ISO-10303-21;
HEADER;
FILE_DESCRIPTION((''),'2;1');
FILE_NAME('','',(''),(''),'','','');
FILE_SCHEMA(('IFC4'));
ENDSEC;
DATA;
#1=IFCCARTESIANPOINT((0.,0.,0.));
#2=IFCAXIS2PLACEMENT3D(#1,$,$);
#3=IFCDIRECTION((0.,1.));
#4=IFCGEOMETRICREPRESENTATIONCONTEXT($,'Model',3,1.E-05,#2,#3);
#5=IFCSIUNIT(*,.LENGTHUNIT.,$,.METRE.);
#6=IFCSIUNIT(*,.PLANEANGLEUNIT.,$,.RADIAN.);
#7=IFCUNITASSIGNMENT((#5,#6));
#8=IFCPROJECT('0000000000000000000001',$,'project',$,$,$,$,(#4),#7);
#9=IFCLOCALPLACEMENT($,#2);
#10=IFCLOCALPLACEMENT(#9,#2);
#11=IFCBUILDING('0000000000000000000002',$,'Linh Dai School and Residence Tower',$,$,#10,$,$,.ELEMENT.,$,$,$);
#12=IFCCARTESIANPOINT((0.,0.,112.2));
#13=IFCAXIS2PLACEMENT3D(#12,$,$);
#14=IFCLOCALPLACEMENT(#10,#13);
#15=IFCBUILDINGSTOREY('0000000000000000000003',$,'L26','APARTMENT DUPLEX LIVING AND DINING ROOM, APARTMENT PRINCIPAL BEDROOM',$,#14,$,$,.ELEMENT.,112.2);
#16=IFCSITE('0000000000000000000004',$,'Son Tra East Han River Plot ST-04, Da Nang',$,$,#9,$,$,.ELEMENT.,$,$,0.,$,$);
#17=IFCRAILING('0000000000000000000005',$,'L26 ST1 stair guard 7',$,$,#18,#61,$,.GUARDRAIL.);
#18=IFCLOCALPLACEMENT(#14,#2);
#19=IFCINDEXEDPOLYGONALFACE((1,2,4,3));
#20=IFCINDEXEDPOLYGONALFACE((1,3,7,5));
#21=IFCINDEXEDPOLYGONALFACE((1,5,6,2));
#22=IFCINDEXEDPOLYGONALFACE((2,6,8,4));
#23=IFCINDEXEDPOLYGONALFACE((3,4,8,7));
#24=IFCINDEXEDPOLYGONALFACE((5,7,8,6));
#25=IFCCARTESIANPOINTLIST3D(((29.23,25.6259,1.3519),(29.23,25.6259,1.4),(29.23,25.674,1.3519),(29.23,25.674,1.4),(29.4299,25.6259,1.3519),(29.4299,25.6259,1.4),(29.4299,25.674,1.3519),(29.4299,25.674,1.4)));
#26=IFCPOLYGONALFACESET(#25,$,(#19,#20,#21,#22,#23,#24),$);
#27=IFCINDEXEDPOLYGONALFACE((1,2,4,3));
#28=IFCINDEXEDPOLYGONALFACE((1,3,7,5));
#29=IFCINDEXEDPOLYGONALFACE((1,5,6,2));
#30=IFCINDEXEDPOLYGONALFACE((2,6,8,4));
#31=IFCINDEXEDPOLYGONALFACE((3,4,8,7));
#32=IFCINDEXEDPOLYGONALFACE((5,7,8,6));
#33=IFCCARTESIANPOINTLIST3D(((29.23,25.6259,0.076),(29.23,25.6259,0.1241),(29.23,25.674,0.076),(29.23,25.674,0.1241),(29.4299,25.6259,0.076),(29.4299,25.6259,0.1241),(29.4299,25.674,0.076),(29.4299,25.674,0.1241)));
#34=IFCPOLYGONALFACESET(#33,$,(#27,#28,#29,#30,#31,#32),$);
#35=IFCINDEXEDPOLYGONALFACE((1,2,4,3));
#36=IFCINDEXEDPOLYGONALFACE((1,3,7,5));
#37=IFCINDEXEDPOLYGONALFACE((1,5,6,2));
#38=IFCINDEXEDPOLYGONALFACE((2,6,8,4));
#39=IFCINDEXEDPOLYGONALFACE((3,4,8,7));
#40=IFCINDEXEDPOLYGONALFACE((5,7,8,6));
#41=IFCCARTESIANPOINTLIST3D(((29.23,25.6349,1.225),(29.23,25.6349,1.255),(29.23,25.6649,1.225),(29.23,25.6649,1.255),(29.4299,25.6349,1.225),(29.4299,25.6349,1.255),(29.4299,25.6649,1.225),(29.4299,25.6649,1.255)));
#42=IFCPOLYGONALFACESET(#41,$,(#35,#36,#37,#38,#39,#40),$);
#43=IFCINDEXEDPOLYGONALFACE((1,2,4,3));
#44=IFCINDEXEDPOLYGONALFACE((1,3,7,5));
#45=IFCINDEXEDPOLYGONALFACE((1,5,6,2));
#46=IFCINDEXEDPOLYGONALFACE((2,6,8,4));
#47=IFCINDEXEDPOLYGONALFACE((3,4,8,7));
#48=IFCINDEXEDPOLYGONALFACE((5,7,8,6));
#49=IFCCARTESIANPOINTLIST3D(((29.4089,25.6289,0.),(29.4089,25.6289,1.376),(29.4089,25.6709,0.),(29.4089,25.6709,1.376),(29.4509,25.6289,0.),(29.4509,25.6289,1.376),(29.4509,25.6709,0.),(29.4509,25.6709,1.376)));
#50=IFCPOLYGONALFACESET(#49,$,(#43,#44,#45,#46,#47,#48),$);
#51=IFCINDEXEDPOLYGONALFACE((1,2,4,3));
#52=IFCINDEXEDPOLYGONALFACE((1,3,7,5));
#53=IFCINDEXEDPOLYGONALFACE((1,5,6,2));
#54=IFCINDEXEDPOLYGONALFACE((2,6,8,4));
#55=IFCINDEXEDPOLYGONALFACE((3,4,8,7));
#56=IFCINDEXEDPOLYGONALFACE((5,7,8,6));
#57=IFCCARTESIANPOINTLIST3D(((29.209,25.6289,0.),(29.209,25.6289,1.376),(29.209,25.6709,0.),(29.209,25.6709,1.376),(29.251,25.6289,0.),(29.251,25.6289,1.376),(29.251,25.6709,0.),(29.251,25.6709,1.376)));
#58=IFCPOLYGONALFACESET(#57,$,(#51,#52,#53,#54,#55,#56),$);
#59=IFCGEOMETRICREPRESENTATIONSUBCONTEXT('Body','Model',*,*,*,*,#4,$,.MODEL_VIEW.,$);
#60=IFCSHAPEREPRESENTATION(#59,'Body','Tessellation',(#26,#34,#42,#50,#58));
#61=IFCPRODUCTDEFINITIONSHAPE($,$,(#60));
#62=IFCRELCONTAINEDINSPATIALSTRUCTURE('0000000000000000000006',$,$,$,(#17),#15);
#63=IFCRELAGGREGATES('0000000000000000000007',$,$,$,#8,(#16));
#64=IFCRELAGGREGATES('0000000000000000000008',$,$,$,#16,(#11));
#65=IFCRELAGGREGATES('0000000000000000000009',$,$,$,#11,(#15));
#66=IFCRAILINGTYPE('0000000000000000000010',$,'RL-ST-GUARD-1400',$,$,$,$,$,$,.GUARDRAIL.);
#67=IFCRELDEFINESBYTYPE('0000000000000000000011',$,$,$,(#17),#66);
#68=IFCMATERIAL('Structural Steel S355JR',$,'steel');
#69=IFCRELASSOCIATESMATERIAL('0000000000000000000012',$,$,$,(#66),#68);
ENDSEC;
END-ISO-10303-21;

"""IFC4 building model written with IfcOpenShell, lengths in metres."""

from ifc_helpers import new_model, si_unit, direction, frame, origin, origin_2d, place, context, subcontext, project, spatial, rectangle, extrude, source, transform, mapped, material, type_object, element, save


model = new_model("IFC4")

# Units and contexts
model_context = context("Model", 3, precision=1e-05, world=origin(), true_north=direction((0.0, 1.0)))
body_context = subcontext(model_context, "Body", "Model", "MODEL_VIEW")
ifc_project = project(units=[si_unit("LENGTHUNIT", "METRE"), si_unit("PLANEANGLEUNIT", "RADIAN")], contexts=[model_context])

# Site, building, storey
site_placement = place(None, origin())
site = spatial("IfcSite", under=ifc_project, at=site_placement, Name="Son Tra East Han River Plot ST-04, Da Nang", CompositionType="ELEMENT", RefElevation=0.0)
building_placement = place(site_placement, origin())
building = spatial("IfcBuilding", under=site, at=building_placement, Name="Linh Dai School and Residence Tower", CompositionType="ELEMENT")
storey_placement = place(building_placement, frame((0.0, 0.0, 112.2)))
storey = spatial("IfcBuildingStorey", under=building, at=storey_placement, Name="L26", Description="APARTMENT DUPLEX LIVING AND DINING ROOM, APARTMENT PRINCIPAL BEDROOM", CompositionType="ELEMENT", Elevation=112.2)

# Shared definitions
ifc_material_1 = material(Name="Structural Steel S355JR", Category="steel")

# Railing
railing_type_1 = type_object("IfcRailingType", Name="RL-ST-GUARD-1400", PredefinedType="GUARDRAIL", material=ifc_material_1)
shared_shape_1 = source(origin(), body_context, "Body", "SweptSolid", [
    extrude(rectangle(XDim=0.0481, YDim=0.0481, at=origin_2d()), frame((0.0, 0.0, 1.376), z_axis=(-1.0, 0.0, 0.0), x_axis=(0.0, -1.0, 0.0)), (0.0, 0.0, 1.0), 0.2),
    extrude(rectangle(XDim=0.0481, YDim=0.0481, at=origin_2d()), frame((0.0, 0.0, 0.1001), z_axis=(-1.0, 0.0, 0.0), x_axis=(0.0, -1.0, 0.0)), (0.0, 0.0, 1.0), 0.2),
    extrude(rectangle(XDim=0.03, YDim=0.03, at=origin_2d()), frame((0.0, 0.0, 1.24), z_axis=(-1.0, 0.0, 0.0), x_axis=(0.0, -1.0, 0.0)), (0.0, 0.0, 1.0), 0.2),
    extrude(rectangle(XDim=0.042, YDim=0.042, at=origin_2d()), origin(), (0.0, 0.0, 1.0), 1.376),
    extrude(rectangle(XDim=0.042, YDim=0.042, at=origin_2d()), frame((-0.2, 0.0, 0.0)), (0.0, 0.0, 1.0), 1.376),
])
railing_1_placement = place(storey_placement, frame((29.4299, 25.6499, 0.0)))
element("IfcRailing", 1, at=railing_1_placement, inside=storey, type_object=railing_type_1, Name="L26 ST1 stair guard 7", PredefinedType="GUARDRAIL", context=body_context, shape_type="MappedRepresentation", body=[
    mapped(shared_shape_1, transform((0.0, 0.0, 0.0), x_axis=(1.0, 0.0, 0.0), y_axis=(0.0, 1.0, 0.0), z_axis=(0.0, 0.0, 1.0), scale=1.0)),
])

save(model, "model.ifc")
